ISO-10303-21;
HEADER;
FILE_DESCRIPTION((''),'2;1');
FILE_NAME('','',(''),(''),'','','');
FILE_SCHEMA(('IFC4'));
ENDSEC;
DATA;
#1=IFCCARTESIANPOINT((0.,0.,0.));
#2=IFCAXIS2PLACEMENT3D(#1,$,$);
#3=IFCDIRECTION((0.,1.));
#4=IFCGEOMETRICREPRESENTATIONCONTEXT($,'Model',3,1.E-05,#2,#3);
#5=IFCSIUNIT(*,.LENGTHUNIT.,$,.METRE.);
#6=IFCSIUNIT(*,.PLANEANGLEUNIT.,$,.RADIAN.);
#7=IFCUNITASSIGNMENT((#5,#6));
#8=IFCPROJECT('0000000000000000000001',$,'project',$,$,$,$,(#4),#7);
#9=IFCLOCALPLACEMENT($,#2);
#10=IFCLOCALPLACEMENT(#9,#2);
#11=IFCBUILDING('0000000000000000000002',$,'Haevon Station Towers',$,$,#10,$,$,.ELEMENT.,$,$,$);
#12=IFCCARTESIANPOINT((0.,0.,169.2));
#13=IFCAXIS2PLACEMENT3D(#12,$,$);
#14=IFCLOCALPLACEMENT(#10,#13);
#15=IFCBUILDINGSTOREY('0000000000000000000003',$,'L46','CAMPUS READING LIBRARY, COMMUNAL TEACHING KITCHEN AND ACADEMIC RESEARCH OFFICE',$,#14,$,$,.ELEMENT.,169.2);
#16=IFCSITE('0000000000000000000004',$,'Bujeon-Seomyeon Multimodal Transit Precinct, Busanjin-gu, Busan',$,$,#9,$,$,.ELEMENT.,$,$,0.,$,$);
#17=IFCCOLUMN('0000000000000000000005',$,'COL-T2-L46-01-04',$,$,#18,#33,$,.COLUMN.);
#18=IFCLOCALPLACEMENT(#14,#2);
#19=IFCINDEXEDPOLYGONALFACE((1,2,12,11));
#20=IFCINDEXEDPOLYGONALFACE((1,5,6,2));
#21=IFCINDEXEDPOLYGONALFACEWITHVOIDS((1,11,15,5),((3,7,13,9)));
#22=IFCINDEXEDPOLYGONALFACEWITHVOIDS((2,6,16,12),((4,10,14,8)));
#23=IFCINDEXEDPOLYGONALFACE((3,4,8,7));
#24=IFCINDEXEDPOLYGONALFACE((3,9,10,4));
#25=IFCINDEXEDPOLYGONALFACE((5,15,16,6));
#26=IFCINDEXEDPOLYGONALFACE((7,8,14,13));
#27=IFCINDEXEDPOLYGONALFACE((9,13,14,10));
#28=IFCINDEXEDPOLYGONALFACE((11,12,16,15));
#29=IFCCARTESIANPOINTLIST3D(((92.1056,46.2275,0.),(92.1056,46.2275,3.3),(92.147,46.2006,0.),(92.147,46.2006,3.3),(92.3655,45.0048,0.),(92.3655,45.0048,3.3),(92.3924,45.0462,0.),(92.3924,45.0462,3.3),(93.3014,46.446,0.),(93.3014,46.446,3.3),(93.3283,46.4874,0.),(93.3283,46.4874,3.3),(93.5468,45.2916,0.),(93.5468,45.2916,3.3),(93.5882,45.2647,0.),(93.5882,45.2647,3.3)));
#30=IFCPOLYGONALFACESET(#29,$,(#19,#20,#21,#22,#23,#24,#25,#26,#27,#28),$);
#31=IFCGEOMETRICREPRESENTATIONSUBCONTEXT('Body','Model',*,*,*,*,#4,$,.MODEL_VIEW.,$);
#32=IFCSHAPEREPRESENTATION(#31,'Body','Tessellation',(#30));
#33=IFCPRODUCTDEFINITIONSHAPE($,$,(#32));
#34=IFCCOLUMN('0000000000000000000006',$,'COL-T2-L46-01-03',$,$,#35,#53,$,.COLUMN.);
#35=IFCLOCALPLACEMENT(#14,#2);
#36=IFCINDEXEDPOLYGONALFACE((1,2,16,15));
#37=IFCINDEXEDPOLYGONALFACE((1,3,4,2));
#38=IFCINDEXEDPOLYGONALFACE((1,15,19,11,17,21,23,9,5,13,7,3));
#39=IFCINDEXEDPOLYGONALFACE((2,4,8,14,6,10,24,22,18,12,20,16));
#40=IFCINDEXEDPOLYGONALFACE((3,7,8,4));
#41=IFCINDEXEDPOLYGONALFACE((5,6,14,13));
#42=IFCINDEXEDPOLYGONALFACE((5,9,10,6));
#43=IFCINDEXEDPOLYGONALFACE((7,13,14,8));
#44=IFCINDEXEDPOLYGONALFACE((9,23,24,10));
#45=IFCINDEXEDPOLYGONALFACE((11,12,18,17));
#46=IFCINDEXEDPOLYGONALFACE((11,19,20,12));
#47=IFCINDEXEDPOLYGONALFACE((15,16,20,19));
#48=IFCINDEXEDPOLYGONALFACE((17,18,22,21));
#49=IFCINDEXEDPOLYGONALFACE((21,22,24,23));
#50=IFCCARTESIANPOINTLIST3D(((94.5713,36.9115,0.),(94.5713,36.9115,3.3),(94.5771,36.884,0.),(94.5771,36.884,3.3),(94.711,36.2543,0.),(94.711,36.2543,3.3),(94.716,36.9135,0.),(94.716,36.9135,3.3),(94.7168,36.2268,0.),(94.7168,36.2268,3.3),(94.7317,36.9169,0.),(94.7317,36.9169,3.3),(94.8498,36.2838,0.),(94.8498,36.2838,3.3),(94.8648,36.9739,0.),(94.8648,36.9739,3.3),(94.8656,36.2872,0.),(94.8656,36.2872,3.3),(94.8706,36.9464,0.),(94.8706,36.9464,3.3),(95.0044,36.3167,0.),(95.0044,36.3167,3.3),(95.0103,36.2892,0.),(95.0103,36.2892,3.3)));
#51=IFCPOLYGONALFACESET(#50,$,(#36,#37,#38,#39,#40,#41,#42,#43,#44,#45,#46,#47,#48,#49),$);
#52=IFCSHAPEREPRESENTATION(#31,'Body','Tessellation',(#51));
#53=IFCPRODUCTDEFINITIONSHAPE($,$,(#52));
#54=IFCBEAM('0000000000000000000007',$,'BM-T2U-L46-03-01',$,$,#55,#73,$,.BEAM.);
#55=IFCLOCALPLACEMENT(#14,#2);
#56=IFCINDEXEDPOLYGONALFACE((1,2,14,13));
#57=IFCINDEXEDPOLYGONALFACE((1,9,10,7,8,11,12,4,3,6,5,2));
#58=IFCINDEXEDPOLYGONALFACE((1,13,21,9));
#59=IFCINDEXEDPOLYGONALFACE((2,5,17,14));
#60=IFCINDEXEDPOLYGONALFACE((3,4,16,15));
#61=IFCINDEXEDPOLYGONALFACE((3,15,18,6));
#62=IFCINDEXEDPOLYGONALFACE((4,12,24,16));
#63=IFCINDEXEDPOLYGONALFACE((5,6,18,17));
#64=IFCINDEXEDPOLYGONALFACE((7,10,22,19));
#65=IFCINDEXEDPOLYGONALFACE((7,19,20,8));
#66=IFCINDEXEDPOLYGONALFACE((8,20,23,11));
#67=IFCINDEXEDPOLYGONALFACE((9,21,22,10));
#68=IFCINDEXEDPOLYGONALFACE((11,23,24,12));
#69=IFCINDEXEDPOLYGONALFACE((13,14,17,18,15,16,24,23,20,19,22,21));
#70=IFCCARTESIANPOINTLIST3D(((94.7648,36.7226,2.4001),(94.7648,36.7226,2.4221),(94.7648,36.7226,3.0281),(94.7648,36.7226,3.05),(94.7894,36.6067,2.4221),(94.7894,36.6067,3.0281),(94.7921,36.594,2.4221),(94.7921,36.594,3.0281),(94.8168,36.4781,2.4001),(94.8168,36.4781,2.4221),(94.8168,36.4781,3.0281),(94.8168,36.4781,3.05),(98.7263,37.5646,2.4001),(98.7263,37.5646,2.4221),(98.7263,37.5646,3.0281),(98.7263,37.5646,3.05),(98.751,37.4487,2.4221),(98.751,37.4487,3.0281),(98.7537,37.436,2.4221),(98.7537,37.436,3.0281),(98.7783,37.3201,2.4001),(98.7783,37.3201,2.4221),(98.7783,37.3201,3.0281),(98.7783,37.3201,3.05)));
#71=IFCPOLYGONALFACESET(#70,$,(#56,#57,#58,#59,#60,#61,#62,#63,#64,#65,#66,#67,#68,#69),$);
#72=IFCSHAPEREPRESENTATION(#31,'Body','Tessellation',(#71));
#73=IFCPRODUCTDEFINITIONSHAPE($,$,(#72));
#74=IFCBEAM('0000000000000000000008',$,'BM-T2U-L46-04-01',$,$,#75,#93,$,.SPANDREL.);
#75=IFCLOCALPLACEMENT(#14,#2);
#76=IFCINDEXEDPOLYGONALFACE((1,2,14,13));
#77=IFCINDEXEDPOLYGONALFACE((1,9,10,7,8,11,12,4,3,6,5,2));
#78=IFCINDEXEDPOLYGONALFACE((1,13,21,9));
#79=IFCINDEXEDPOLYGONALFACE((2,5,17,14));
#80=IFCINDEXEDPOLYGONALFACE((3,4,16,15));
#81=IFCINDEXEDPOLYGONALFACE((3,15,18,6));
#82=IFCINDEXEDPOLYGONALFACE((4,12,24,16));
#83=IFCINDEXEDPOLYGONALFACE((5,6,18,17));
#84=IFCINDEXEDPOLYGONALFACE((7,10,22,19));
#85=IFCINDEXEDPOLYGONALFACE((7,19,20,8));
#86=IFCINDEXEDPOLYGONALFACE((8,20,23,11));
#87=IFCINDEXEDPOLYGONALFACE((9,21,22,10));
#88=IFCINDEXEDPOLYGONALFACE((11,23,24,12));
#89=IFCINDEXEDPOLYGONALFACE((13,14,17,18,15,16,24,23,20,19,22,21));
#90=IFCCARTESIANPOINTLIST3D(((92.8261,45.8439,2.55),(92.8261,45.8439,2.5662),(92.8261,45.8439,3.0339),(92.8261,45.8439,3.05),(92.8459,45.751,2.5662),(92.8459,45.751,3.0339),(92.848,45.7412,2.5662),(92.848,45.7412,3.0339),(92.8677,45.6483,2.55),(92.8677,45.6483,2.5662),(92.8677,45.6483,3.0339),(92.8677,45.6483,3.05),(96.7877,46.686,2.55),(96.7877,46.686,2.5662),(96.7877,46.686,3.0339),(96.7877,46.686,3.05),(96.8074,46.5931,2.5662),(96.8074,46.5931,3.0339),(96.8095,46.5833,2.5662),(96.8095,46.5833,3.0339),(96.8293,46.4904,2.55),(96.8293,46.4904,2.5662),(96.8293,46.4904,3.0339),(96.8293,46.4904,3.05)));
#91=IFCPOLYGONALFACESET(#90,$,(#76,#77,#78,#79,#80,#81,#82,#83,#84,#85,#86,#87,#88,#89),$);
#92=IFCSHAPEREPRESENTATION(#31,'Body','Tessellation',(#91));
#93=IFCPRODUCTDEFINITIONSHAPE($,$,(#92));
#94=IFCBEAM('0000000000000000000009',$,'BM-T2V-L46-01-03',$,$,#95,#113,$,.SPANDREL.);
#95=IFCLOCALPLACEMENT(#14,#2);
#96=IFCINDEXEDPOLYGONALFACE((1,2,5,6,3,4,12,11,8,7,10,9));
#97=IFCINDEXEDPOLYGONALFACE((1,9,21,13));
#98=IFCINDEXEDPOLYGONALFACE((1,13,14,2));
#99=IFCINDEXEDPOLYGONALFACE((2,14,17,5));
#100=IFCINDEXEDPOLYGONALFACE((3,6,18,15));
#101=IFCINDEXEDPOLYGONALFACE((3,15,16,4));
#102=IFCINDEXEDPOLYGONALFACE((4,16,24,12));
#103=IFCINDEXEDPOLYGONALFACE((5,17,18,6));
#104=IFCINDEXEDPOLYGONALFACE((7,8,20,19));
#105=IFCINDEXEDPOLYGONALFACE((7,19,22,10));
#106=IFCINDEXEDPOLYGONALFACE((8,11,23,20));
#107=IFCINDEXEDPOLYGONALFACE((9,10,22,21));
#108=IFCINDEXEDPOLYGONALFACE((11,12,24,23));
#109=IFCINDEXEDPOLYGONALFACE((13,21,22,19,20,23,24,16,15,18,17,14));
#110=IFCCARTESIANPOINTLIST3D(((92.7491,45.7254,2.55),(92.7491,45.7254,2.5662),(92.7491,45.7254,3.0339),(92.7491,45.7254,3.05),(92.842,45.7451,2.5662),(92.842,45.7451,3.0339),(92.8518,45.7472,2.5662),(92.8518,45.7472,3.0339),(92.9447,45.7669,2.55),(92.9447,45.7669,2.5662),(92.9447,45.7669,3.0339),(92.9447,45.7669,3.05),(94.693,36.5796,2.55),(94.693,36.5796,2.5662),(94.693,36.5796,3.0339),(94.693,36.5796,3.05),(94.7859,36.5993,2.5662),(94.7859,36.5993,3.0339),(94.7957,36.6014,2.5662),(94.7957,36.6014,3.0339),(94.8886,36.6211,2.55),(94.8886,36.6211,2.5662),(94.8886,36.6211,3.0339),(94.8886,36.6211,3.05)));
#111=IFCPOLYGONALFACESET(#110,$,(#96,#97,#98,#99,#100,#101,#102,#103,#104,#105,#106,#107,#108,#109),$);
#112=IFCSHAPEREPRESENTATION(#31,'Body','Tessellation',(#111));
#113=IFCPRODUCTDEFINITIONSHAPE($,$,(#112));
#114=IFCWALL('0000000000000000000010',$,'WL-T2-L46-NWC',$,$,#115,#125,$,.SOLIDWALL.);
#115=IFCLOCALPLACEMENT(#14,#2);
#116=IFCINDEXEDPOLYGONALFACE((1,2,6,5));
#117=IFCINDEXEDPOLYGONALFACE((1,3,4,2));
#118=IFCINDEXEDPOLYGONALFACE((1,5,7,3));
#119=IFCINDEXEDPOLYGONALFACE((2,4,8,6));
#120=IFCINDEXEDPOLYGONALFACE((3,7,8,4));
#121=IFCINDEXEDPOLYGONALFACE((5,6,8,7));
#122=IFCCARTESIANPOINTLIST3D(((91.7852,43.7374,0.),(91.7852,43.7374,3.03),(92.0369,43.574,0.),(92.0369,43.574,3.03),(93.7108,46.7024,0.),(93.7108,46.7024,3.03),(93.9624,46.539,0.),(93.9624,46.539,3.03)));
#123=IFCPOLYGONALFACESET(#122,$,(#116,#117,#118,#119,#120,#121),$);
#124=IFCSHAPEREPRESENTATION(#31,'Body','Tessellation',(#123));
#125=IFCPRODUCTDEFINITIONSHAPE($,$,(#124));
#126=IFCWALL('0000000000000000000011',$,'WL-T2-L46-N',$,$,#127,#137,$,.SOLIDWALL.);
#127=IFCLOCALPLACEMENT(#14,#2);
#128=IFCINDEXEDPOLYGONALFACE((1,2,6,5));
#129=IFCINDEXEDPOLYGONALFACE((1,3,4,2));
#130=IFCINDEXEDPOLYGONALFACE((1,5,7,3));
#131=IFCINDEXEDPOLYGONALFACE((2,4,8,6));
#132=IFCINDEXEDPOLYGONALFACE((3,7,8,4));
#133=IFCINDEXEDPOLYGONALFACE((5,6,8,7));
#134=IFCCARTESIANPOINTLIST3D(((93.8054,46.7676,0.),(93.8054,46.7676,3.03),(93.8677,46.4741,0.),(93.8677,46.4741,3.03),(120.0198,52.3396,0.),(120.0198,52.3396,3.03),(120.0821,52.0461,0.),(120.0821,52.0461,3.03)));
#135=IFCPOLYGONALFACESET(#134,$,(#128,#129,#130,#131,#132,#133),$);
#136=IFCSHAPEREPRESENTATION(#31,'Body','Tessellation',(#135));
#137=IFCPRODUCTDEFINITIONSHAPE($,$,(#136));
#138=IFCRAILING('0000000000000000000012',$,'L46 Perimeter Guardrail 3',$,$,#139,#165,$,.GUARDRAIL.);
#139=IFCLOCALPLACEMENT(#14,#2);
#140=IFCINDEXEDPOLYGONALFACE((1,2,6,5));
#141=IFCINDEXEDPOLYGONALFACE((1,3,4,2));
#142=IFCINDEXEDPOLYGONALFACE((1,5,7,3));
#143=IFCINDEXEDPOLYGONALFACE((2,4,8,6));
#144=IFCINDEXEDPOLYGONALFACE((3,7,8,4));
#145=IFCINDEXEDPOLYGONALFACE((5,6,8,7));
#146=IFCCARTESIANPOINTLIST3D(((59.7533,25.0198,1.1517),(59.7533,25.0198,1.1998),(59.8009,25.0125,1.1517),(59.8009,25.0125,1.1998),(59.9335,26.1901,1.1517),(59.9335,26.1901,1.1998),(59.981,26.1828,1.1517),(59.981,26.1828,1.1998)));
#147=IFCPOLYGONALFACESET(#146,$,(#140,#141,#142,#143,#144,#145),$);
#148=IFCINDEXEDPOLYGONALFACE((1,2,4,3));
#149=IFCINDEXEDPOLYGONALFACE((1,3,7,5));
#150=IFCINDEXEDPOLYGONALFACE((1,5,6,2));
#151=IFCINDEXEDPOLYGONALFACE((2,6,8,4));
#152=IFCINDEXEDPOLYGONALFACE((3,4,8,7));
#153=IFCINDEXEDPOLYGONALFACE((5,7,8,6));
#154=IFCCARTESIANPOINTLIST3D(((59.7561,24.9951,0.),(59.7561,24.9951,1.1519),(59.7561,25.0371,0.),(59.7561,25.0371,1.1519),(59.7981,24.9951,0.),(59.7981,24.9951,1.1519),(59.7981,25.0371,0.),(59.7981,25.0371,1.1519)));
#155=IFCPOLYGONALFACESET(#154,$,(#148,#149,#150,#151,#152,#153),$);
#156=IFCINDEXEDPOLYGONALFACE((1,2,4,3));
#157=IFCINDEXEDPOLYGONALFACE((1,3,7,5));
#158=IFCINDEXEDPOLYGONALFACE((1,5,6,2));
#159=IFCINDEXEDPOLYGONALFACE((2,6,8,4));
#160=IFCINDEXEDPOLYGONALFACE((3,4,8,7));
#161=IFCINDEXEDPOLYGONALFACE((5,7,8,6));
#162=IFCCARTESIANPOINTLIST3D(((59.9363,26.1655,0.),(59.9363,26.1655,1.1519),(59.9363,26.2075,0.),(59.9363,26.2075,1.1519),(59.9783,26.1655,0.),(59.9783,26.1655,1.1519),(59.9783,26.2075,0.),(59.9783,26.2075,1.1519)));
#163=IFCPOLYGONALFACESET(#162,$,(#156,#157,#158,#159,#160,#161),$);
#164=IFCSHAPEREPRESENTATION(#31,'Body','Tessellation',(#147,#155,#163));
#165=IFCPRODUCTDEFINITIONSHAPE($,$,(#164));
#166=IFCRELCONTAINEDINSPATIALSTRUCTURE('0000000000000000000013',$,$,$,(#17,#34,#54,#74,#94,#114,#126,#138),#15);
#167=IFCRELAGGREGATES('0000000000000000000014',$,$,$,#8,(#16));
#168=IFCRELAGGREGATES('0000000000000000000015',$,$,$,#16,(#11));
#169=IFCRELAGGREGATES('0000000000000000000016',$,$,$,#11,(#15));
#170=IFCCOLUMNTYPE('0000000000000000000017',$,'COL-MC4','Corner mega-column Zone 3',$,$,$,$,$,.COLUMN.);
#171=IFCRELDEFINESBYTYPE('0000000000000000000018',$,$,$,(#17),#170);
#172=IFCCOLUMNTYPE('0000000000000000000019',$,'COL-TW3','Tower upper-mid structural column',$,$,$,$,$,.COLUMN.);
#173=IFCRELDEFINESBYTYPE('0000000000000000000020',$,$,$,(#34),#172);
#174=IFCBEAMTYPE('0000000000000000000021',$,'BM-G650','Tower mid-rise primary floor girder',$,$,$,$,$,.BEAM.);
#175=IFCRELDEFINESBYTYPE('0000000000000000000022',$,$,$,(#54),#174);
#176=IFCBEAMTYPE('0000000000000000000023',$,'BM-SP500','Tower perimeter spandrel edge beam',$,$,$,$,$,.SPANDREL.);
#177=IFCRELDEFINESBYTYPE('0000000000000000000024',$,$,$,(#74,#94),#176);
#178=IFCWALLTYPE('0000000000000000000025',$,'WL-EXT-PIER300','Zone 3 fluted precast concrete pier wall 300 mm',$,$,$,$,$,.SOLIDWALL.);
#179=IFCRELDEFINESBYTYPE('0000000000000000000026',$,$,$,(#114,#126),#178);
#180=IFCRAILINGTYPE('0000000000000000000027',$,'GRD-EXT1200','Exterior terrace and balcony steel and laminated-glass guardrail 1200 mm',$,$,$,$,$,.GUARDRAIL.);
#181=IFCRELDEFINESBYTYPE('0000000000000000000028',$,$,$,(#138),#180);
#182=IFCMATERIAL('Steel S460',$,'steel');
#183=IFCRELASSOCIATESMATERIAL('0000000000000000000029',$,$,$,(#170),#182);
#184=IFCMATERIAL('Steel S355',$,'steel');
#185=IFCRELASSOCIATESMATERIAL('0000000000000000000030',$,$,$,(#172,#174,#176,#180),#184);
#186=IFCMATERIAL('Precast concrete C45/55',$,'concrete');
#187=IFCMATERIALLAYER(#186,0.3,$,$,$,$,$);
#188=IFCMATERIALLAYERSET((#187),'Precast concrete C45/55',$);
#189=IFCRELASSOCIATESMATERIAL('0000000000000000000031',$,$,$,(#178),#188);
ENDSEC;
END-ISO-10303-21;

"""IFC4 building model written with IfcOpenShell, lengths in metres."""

from ifc_helpers import new_model, si_unit, direction, frame, frame_2d, origin, origin_2d, place, context, subcontext, project, spatial, rectangle, hollow_rectangle, i_section, extrude, material, layer, layer_set, material_profile, profile_set, type_object, element, save


model = new_model("IFC4")

# Units and contexts
model_context = context("Model", 3, precision=1e-05, world=origin(), true_north=direction((0.0, 1.0)))
body_context = subcontext(model_context, "Body", "Model", "MODEL_VIEW")
ifc_project = project(units=[si_unit("LENGTHUNIT", "METRE"), si_unit("PLANEANGLEUNIT", "RADIAN")], contexts=[model_context])

# Site, building, storey
site_placement = place(None, origin())
site = spatial("IfcSite", under=ifc_project, at=site_placement, Name="Bujeon-Seomyeon Multimodal Transit Precinct, Busanjin-gu, Busan", CompositionType="ELEMENT", RefElevation=0.0)
building_placement = place(site_placement, origin())
building = spatial("IfcBuilding", under=site, at=building_placement, Name="Haevon Station Towers", CompositionType="ELEMENT")
storey_placement = place(building_placement, frame((0.0, 0.0, 169.2)))
storey = spatial("IfcBuildingStorey", under=building, at=storey_placement, Name="L46", Description="CAMPUS READING LIBRARY, COMMUNAL TEACHING KITCHEN AND ACADEMIC RESEARCH OFFICE", CompositionType="ELEMENT", Elevation=169.2)

# Columns
ifc_material_1 = material(Name="Steel S460", Category="steel")
ifc_material_profile_1 = material_profile(ifc_material_1, hollow_rectangle(XDim=1.25, YDim=1.25, WallThickness=0.0349, at=origin_2d()), Name="BOX-1250x1250x35")
ifc_profile_set_1 = profile_set([ifc_material_profile_1], Name="Steel S460")
column_type_1 = type_object("IfcColumnType", Name="COL-MC4", Description="Corner mega-column Zone 3", PredefinedType="COLUMN", material=ifc_profile_set_1)
column_1_placement = place(storey_placement, frame((92.8469, 45.7461, 0.0), z_axis=(0.0, 0.0, 1.0), x_axis=(0.978148, 0.207912, 0.0)))
element("IfcColumn", 1, at=column_1_placement, inside=storey, type_object=column_type_1, Name="COL-T2-L46-01-04", PredefinedType="COLUMN", context=body_context, shape_type="SweptSolid", body=[
    extrude(hollow_rectangle(XDim=1.25, YDim=1.25, WallThickness=0.0349, at=origin_2d()), origin(), (0.0, 0.0, 1.0), 3.3),
])
ifc_material_2 = material(Name="Steel S355", Category="steel")
ifc_material_profile_2 = material_profile(ifc_material_2, i_section(OverallWidth=0.3, OverallDepth=0.7, WebThickness=0.0161, FlangeThickness=0.0281, at=origin_2d()), Name="H-700x300x16x28")
ifc_profile_set_2 = profile_set([ifc_material_profile_2], Name="Steel S355")
column_type_2 = type_object("IfcColumnType", Name="COL-TW3", Description="Tower upper-mid structural column", PredefinedType="COLUMN", material=ifc_profile_set_2)
column_2_placement = place(storey_placement, frame((94.7908, 36.6003, 0.0), z_axis=(0.0, 0.0, 1.0), x_axis=(0.978148, 0.207912, 0.0)))
element("IfcColumn", 2, at=column_2_placement, inside=storey, type_object=column_type_2, Name="COL-T2-L46-01-03", PredefinedType="COLUMN", context=body_context, shape_type="SweptSolid", body=[
    extrude(i_section(OverallWidth=0.3, OverallDepth=0.7, WebThickness=0.0161, FlangeThickness=0.0281, at=origin_2d()), origin(), (0.0, 0.0, 1.0), 3.3),
])

# Beams
ifc_material_profile_3 = material_profile(ifc_material_2, i_section(OverallWidth=0.25, OverallDepth=0.6499, WebThickness=0.0129, FlangeThickness=0.022, at=origin_2d()), Name="H-650x250x13x22")
ifc_profile_set_3 = profile_set([ifc_material_profile_3], Name="Steel S355")
beam_type_1 = type_object("IfcBeamType", Name="BM-G650", Description="Tower mid-rise primary floor girder", PredefinedType="BEAM", material=ifc_profile_set_3)
beam_1_placement = place(storey_placement, frame((94.7908, 36.6003, 2.7251), z_axis=(0.97815, 0.207903, 0.0), x_axis=(-0.207903, 0.97815, 0.0)))
element("IfcBeam", 3, at=beam_1_placement, inside=storey, type_object=beam_type_1, Name="BM-T2U-L46-03-01", PredefinedType="BEAM", context=body_context, shape_type="SweptSolid", body=[
    extrude(i_section(OverallWidth=0.25, OverallDepth=0.6499, WebThickness=0.0129, FlangeThickness=0.022, at=origin_2d()), origin(), (0.0, 0.0, 1.0), 4.05),
])
ifc_material_profile_4 = material_profile(ifc_material_2, i_section(OverallWidth=0.2, OverallDepth=0.5, WebThickness=0.01, FlangeThickness=0.0161, at=origin_2d()), Name="H-500x200x10x16")
ifc_profile_set_4 = profile_set([ifc_material_profile_4], Name="Steel S355")
beam_type_2 = type_object("IfcBeamType", Name="BM-SP500", Description="Tower perimeter spandrel edge beam", PredefinedType="SPANDREL", material=ifc_profile_set_4)
beam_2_placement = place(storey_placement, frame((92.8469, 45.7461, 2.8), z_axis=(0.978147, 0.207915, 0.0), x_axis=(-0.207915, 0.978147, 0.0)))
element("IfcBeam", 4, at=beam_2_placement, inside=storey, type_object=beam_type_2, Name="BM-T2U-L46-04-01", PredefinedType="SPANDREL", context=body_context, shape_type="SweptSolid", body=[
    extrude(i_section(OverallWidth=0.2, OverallDepth=0.5, WebThickness=0.01, FlangeThickness=0.0161, at=origin_2d()), origin(), (0.0, 0.0, 1.0), 4.05),
])
beam_3_placement = place(storey_placement, frame((94.7908, 36.6003, 2.8), z_axis=(-0.207897, 0.978151, 0.0), x_axis=(-0.978151, -0.207897, 0.0)))
element("IfcBeam", 5, at=beam_3_placement, inside=storey, type_object=beam_type_2, Name="BM-T2V-L46-01-03", PredefinedType="SPANDREL", context=body_context, shape_type="SweptSolid", body=[
    extrude(i_section(OverallWidth=0.2, OverallDepth=0.5, WebThickness=0.01, FlangeThickness=0.0161, at=origin_2d()), origin(), (0.0, 0.0, 1.0), 9.3501),
])

# Walls
ifc_material_3 = material(Name="Precast concrete C45/55", Category="concrete")
ifc_layer_1 = layer(ifc_material_3, 0.3)
ifc_layer_set_1 = layer_set([ifc_layer_1], Name="Precast concrete C45/55")
wall_type = type_object("IfcWallType", Name="WL-EXT-PIER300", Description="Zone 3 fluted precast concrete pier wall 300 mm", PredefinedType="SOLIDWALL", material=ifc_layer_set_1)
wall_1_placement = place(storey_placement, frame((91.9111, 43.6558, 0.0), z_axis=(0.0, 0.0, 1.0), x_axis=(0.544636, 0.838672, 0.0)))
element("IfcWall", 6, at=wall_1_placement, inside=storey, type_object=wall_type, Name="WL-T2-L46-NWC", PredefinedType="SOLIDWALL", context=body_context, shape_type="SweptSolid", body=[
    extrude(rectangle(XDim=3.5354, YDim=0.3, at=frame_2d((1.7676, 0.0))), origin(), (0.0, 0.0, 1.0), 3.03),
])
wall_2_placement = place(storey_placement, frame((93.8367, 46.6208, 0.0), z_axis=(0.0, 0.0, 1.0), x_axis=(0.978148, 0.207911, 0.0)))
element("IfcWall", 7, at=wall_2_placement, inside=storey, type_object=wall_type, Name="WL-T2-L46-N", PredefinedType="SOLIDWALL", context=body_context, shape_type="SweptSolid", body=[
    extrude(rectangle(XDim=26.8, YDim=0.3, at=frame_2d((13.3999, 0.0))), origin(), (0.0, 0.0, 1.0), 3.03),
])

# Railing
railing_type = type_object("IfcRailingType", Name="GRD-EXT1200", Description="Exterior terrace and balcony steel and laminated-glass guardrail 1200 mm", PredefinedType="GUARDRAIL", material=ifc_material_2)
railing_1_placement = place(storey_placement, frame((59.7771, 25.0161, 0.0)))
element("IfcRailing", 8, at=railing_1_placement, inside=storey, type_object=railing_type, Name="L46 Perimeter Guardrail 3", PredefinedType="GUARDRAIL", context=body_context, shape_type="SweptSolid", body=[
    extrude(rectangle(XDim=0.0481, YDim=0.0481, at=origin_2d()), frame((0.0, 0.0, 1.1758), z_axis=(0.15215, 0.988357, 0.0), x_axis=(-0.988357, 0.15215, 0.0)), (0.0, 0.0, 1.0), 1.1841),
    extrude(rectangle(XDim=0.042, YDim=0.042, at=origin_2d()), origin(), (0.0, 0.0, 1.0), 1.1519),
    extrude(rectangle(XDim=0.042, YDim=0.042, at=origin_2d()), frame((0.1802, 1.1704, 0.0)), (0.0, 0.0, 1.0), 1.1519),
])

save(model, "model.ifc")
